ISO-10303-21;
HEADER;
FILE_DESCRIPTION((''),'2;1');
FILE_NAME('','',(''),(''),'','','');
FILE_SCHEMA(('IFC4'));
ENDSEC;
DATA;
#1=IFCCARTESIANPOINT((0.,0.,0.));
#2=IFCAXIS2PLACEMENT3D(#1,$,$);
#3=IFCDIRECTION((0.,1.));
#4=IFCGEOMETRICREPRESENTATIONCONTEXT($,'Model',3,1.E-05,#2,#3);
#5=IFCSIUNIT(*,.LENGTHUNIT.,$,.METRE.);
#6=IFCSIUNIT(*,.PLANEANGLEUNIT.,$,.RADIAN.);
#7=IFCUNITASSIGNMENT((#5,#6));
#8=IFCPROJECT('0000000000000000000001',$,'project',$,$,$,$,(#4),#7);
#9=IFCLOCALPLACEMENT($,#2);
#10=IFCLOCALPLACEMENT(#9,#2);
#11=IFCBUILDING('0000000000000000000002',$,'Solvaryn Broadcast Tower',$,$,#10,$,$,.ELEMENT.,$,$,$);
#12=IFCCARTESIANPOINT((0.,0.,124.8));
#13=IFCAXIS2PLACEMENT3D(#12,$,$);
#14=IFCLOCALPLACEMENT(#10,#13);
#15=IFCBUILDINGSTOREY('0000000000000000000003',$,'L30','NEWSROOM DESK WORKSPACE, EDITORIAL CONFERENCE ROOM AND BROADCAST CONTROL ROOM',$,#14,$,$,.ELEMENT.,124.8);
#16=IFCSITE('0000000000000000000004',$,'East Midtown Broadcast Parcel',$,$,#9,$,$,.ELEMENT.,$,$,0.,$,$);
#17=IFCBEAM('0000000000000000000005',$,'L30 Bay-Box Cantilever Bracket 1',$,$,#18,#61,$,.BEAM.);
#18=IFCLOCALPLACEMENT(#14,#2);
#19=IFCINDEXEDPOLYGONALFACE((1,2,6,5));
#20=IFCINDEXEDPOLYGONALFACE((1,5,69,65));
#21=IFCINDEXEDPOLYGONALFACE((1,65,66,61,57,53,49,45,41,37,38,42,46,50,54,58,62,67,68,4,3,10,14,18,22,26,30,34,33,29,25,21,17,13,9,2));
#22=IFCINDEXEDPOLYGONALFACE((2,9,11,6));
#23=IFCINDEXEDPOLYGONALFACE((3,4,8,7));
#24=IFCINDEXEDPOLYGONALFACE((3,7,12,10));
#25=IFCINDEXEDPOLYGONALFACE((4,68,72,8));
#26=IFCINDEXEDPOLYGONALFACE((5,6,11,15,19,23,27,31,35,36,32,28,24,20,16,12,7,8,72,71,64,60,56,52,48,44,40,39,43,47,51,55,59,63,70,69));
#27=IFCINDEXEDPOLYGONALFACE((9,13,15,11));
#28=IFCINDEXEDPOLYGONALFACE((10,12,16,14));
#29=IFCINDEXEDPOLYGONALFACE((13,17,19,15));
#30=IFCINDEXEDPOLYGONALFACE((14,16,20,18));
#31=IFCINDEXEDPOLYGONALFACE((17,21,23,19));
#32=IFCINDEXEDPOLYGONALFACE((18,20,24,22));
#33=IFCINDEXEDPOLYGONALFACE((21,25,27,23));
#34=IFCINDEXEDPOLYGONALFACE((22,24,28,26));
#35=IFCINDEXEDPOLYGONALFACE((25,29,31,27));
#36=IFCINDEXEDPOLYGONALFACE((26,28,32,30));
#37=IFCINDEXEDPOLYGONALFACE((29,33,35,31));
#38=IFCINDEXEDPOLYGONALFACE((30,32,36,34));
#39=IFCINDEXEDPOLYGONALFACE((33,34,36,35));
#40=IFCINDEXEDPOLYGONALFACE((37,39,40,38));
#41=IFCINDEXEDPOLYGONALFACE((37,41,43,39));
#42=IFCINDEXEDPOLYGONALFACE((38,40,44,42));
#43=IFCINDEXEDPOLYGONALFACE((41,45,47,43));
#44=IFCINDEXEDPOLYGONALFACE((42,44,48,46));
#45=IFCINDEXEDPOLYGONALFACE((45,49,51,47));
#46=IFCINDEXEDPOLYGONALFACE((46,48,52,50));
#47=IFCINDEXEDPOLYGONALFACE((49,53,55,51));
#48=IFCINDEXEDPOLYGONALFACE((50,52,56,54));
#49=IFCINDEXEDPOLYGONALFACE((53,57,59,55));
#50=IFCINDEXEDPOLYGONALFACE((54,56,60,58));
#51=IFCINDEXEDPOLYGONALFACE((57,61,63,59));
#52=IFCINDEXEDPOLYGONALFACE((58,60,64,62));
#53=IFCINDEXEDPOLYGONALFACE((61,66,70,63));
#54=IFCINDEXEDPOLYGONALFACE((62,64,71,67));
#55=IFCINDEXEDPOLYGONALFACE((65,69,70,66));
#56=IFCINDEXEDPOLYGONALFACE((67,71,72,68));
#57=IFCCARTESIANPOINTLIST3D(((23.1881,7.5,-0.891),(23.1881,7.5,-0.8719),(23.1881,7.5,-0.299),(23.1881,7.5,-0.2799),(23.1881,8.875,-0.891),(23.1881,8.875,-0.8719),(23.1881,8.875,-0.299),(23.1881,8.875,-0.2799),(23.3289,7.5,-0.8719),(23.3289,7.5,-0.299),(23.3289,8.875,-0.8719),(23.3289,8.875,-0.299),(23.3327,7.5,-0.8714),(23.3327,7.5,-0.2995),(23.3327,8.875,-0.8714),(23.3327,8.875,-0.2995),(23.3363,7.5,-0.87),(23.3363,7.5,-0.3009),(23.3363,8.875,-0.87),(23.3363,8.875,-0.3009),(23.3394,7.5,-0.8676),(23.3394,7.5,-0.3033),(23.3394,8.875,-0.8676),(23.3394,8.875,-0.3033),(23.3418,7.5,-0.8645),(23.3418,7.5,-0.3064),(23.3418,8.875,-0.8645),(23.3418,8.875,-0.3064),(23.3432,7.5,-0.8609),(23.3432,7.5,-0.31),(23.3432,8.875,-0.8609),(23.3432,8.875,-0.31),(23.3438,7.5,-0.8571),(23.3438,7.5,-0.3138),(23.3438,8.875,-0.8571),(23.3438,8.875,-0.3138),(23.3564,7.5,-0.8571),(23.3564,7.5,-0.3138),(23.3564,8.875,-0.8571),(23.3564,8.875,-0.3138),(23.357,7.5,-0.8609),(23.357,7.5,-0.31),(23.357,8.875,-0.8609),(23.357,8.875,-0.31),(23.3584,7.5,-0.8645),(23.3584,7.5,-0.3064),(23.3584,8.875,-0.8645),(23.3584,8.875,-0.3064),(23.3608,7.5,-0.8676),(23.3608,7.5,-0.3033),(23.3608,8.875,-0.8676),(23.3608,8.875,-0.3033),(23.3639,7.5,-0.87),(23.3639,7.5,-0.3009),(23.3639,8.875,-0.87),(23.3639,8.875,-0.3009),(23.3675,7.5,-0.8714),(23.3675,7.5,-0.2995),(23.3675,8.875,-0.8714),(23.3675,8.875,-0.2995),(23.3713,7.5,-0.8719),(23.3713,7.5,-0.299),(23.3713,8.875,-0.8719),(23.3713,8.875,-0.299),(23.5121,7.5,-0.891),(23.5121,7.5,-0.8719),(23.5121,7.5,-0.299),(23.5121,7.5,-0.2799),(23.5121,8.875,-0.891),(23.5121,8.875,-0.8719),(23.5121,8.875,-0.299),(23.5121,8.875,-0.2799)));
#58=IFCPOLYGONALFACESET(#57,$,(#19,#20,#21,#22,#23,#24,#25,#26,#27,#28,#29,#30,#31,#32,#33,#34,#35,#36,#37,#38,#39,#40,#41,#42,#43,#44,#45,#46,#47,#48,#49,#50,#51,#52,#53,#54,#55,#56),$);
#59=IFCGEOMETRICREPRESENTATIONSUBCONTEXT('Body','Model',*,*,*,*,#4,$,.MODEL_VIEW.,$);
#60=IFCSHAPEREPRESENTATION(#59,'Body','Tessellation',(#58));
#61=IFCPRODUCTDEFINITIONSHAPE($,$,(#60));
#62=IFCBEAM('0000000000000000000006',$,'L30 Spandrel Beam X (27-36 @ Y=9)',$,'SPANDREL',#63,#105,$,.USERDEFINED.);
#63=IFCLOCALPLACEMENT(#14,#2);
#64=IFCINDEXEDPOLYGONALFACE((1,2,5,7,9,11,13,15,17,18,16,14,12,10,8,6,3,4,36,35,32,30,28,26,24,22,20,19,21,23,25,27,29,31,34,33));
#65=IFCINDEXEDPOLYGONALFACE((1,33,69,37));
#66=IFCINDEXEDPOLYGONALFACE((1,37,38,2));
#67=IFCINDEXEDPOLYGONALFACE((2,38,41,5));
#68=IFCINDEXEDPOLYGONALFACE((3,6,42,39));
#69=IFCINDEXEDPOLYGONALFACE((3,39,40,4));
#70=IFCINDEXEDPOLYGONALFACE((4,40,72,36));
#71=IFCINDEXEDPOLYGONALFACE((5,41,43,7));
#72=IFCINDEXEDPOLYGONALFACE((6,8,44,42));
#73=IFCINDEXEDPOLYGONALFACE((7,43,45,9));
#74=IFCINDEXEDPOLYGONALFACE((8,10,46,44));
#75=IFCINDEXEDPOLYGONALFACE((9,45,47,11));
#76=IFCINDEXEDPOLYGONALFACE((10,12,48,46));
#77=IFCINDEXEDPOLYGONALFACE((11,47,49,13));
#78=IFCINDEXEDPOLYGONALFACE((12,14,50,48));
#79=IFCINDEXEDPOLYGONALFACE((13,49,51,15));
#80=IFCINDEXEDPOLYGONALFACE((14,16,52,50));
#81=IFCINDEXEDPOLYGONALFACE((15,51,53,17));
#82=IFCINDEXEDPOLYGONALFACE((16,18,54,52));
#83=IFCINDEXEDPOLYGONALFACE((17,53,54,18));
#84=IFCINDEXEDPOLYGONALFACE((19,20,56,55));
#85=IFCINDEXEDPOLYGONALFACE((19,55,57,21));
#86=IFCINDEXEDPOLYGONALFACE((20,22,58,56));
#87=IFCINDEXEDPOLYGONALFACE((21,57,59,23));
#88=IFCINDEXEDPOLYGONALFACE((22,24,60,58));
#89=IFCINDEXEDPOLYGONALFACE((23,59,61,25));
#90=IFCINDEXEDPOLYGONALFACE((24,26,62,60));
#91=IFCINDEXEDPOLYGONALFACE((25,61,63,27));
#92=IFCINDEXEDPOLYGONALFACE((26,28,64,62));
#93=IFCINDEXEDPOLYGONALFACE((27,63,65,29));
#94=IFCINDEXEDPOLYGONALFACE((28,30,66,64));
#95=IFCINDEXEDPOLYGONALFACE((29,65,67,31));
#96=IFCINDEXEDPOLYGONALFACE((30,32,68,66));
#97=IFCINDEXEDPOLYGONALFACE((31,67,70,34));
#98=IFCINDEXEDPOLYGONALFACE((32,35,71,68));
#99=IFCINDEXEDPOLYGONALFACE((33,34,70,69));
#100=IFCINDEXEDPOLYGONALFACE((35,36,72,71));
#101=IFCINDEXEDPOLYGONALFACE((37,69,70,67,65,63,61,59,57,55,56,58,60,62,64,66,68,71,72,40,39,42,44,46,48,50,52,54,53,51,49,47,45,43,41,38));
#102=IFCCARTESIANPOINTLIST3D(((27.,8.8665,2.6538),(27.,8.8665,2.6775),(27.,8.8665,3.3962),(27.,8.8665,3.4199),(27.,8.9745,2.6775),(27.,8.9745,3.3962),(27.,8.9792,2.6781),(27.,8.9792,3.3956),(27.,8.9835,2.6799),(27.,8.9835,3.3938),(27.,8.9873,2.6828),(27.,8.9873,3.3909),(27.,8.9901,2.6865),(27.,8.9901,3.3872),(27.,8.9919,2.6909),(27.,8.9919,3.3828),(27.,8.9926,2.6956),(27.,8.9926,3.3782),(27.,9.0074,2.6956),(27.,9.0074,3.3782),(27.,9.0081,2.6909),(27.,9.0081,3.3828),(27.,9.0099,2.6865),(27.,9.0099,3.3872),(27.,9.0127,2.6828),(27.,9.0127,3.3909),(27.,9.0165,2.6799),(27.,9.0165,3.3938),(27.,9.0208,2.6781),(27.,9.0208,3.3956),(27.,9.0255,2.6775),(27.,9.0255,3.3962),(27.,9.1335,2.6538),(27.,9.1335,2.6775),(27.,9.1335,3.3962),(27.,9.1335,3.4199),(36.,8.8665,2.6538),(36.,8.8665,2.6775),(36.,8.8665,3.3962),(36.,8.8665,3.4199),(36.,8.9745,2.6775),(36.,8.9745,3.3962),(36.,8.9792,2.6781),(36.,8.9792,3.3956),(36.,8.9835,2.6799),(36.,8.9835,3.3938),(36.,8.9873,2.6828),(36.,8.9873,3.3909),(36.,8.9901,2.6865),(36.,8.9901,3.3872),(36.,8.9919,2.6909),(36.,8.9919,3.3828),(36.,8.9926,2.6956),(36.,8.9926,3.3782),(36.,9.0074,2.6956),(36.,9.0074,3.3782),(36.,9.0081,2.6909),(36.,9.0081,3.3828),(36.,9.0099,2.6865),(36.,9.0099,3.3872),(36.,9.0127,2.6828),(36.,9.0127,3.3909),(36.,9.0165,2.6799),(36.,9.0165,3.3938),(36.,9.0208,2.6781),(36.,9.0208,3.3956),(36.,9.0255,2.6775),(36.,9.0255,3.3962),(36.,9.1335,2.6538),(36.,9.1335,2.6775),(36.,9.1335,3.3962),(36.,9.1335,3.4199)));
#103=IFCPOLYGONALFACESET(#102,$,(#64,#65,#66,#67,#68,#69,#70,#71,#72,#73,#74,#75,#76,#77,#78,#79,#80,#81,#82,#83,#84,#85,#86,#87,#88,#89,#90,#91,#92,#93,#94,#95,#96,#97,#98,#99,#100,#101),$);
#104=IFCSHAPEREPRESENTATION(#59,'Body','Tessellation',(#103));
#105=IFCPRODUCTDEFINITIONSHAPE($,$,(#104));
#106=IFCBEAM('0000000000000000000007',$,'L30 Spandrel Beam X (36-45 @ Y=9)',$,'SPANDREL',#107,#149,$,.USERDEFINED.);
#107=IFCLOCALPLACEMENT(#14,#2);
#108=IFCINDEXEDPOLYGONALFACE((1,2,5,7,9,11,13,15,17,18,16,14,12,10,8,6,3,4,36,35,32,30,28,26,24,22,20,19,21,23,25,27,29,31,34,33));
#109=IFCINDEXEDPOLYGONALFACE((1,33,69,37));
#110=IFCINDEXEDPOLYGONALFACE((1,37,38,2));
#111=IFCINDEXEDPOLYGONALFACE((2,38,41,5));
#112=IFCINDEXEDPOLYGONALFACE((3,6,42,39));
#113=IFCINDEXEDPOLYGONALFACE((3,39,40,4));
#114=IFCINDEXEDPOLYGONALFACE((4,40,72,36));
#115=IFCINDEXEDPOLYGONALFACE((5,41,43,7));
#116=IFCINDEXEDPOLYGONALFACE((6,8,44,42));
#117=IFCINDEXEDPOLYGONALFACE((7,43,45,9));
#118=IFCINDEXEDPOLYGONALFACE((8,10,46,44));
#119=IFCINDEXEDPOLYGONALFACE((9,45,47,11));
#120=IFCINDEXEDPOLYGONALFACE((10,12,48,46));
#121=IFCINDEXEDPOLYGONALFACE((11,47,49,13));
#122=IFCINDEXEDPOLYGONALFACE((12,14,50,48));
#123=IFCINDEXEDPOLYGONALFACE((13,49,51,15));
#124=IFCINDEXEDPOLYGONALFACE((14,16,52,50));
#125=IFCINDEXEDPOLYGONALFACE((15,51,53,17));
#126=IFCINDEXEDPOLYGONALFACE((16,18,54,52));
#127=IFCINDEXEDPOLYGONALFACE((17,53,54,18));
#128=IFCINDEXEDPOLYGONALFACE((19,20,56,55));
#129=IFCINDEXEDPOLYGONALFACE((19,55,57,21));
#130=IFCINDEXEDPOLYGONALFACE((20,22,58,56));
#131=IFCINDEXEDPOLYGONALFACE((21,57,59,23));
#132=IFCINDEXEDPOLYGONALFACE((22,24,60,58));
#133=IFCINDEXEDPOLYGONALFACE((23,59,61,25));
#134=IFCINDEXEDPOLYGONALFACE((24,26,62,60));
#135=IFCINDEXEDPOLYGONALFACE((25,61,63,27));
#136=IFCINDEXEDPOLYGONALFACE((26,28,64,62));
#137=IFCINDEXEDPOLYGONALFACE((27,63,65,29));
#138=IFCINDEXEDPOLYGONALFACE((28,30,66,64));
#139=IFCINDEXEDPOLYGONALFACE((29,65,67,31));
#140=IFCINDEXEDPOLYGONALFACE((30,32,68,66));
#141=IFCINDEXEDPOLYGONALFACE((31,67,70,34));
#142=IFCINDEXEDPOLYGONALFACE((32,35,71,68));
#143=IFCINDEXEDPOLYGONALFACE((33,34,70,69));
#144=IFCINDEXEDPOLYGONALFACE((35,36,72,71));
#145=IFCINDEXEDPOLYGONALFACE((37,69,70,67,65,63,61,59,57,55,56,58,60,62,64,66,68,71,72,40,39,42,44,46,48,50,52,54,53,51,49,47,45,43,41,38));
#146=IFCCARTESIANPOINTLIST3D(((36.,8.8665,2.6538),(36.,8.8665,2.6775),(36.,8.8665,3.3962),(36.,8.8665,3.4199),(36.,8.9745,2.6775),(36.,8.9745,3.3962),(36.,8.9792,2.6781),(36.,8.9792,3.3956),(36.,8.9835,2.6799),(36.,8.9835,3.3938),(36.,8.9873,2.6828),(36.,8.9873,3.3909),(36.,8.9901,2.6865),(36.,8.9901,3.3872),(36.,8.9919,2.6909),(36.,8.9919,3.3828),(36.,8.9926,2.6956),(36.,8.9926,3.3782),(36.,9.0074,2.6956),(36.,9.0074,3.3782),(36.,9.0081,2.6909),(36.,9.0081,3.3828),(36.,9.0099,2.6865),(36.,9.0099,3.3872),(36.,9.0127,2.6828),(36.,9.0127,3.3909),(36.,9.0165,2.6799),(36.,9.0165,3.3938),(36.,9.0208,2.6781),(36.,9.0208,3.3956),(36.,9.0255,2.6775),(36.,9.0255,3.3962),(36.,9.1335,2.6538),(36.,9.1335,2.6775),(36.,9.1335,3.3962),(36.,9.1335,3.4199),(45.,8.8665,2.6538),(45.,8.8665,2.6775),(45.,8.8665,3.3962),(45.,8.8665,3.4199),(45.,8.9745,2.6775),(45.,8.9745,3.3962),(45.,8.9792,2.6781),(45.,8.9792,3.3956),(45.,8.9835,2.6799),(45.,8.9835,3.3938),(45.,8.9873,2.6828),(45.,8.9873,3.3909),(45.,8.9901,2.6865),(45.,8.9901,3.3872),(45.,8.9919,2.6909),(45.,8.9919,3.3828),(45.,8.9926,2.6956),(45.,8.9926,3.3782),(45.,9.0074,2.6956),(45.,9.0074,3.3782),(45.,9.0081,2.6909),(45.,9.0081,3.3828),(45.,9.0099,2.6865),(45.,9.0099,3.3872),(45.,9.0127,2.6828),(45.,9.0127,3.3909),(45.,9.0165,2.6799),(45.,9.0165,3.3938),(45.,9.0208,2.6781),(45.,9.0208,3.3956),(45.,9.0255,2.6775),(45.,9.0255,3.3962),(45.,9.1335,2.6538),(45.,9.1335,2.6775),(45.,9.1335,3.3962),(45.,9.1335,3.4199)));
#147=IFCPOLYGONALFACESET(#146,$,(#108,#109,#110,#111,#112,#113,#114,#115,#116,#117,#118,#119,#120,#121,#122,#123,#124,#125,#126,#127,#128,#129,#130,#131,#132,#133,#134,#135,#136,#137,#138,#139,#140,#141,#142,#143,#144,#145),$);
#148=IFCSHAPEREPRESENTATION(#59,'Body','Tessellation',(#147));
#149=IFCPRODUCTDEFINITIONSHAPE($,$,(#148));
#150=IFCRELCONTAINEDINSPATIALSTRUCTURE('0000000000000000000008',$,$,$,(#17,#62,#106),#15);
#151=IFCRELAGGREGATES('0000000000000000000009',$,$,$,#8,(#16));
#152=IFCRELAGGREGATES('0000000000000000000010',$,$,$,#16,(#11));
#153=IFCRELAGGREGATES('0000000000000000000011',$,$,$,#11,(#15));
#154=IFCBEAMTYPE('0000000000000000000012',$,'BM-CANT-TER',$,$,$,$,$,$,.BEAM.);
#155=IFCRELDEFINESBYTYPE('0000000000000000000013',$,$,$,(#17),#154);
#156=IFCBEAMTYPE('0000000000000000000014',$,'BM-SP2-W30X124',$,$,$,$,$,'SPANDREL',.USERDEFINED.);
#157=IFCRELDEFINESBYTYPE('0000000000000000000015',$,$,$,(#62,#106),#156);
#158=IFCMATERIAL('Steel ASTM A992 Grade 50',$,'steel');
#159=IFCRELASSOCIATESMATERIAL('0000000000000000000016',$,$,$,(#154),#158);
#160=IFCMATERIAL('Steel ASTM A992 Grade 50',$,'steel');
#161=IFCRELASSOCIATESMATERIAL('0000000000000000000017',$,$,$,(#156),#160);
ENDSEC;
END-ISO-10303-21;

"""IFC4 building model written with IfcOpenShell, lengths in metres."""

from ifc_helpers import new_model, si_unit, direction, frame, origin, origin_2d, place, context, subcontext, project, spatial, i_section, extrude, material, material_profile, profile_set, type_object, element, save


model = new_model("IFC4")

# Units and contexts
model_context = context("Model", 3, precision=1e-05, world=origin(), true_north=direction((0.0, 1.0)))
body_context = subcontext(model_context, "Body", "Model", "MODEL_VIEW")
ifc_project = project(units=[si_unit("LENGTHUNIT", "METRE"), si_unit("PLANEANGLEUNIT", "RADIAN")], contexts=[model_context])

# Site, building, storey
site_placement = place(None, origin())
site = spatial("IfcSite", under=ifc_project, at=site_placement, Name="East Midtown Broadcast Parcel", CompositionType="ELEMENT", RefElevation=0.0)
building_placement = place(site_placement, origin())
building = spatial("IfcBuilding", under=site, at=building_placement, Name="Solvaryn Broadcast Tower", CompositionType="ELEMENT")
storey_placement = place(building_placement, frame((0.0, 0.0, 124.8)))
storey = spatial("IfcBuildingStorey", under=building, at=storey_placement, Name="L30", Description="NEWSROOM DESK WORKSPACE, EDITORIAL CONFERENCE ROOM AND BROADCAST CONTROL ROOM", CompositionType="ELEMENT", Elevation=124.8)

# Beams
ifc_material_1 = material(Name="Steel ASTM A992 Grade 50", Category="steel")
ifc_material_profile_1 = material_profile(ifc_material_1, i_section(OverallWidth=0.324, OverallDepth=0.6111, WebThickness=0.0127, FlangeThickness=0.019, FilletRadius=0.0149, at=origin_2d()))
ifc_profile_set_1 = profile_set([ifc_material_profile_1], Name="Steel ASTM A992 Grade 50")
beam_type_1 = type_object("IfcBeamType", Name="BM-CANT-TER", PredefinedType="BEAM", material=ifc_profile_set_1)
beam_1_placement = place(storey_placement, frame((23.3501, 8.875, -0.5854), z_axis=(0.0, -1.0, 0.0), x_axis=(1.0, 0.0, 0.0)))
element("IfcBeam", 1, at=beam_1_placement, inside=storey, type_object=beam_type_1, Name="L30 Bay-Box Cantilever Bracket 1", PredefinedType="BEAM", context=body_context, shape_type="SweptSolid", body=[
    extrude(i_section(OverallWidth=0.324, OverallDepth=0.6111, WebThickness=0.0127, FlangeThickness=0.019, FilletRadius=0.0149, at=origin_2d()), origin(), (0.0, 0.0, 1.0), 1.375),
])
ifc_material_2 = material(Name="Steel ASTM A992 Grade 50", Category="steel")
ifc_material_profile_2 = material_profile(ifc_material_2, i_section(OverallWidth=0.2671, OverallDepth=0.7661, WebThickness=0.0149, FlangeThickness=0.0237, FilletRadius=0.0181, at=origin_2d()))
ifc_profile_set_2 = profile_set([ifc_material_profile_2], Name="Steel ASTM A992 Grade 50")
beam_type_2 = type_object("IfcBeamType", Name="BM-SP2-W30X124", ElementType="SPANDREL", PredefinedType="USERDEFINED", material=ifc_profile_set_2)
for number, where, z_axis, x_axis, name in (
    (2, (27.0, 9.0, 3.0369), (1.0, 0.0, 0.0), (0.0, 1.0, 0.0), "L30 Spandrel Beam X (27-36 @ Y=9)"),
    (3, (36.0, 9.0, 3.0369), (1.0, 0.0, 0.0), (0.0, 1.0, 0.0), "L30 Spandrel Beam X (36-45 @ Y=9)"),
):
    element("IfcBeam", number, at=place(storey_placement, frame(where, z_axis=z_axis, x_axis=x_axis)), inside=storey, type_object=beam_type_2, Name=name, ObjectType="SPANDREL", PredefinedType="USERDEFINED", context=body_context, shape_type="SweptSolid", body=[
        extrude(i_section(OverallWidth=0.2671, OverallDepth=0.7661, WebThickness=0.0149, FlangeThickness=0.0237, FilletRadius=0.0181, at=origin_2d()), origin(), (0.0, 0.0, 1.0), 9.0),
    ])

save(model, "model.ifc")
